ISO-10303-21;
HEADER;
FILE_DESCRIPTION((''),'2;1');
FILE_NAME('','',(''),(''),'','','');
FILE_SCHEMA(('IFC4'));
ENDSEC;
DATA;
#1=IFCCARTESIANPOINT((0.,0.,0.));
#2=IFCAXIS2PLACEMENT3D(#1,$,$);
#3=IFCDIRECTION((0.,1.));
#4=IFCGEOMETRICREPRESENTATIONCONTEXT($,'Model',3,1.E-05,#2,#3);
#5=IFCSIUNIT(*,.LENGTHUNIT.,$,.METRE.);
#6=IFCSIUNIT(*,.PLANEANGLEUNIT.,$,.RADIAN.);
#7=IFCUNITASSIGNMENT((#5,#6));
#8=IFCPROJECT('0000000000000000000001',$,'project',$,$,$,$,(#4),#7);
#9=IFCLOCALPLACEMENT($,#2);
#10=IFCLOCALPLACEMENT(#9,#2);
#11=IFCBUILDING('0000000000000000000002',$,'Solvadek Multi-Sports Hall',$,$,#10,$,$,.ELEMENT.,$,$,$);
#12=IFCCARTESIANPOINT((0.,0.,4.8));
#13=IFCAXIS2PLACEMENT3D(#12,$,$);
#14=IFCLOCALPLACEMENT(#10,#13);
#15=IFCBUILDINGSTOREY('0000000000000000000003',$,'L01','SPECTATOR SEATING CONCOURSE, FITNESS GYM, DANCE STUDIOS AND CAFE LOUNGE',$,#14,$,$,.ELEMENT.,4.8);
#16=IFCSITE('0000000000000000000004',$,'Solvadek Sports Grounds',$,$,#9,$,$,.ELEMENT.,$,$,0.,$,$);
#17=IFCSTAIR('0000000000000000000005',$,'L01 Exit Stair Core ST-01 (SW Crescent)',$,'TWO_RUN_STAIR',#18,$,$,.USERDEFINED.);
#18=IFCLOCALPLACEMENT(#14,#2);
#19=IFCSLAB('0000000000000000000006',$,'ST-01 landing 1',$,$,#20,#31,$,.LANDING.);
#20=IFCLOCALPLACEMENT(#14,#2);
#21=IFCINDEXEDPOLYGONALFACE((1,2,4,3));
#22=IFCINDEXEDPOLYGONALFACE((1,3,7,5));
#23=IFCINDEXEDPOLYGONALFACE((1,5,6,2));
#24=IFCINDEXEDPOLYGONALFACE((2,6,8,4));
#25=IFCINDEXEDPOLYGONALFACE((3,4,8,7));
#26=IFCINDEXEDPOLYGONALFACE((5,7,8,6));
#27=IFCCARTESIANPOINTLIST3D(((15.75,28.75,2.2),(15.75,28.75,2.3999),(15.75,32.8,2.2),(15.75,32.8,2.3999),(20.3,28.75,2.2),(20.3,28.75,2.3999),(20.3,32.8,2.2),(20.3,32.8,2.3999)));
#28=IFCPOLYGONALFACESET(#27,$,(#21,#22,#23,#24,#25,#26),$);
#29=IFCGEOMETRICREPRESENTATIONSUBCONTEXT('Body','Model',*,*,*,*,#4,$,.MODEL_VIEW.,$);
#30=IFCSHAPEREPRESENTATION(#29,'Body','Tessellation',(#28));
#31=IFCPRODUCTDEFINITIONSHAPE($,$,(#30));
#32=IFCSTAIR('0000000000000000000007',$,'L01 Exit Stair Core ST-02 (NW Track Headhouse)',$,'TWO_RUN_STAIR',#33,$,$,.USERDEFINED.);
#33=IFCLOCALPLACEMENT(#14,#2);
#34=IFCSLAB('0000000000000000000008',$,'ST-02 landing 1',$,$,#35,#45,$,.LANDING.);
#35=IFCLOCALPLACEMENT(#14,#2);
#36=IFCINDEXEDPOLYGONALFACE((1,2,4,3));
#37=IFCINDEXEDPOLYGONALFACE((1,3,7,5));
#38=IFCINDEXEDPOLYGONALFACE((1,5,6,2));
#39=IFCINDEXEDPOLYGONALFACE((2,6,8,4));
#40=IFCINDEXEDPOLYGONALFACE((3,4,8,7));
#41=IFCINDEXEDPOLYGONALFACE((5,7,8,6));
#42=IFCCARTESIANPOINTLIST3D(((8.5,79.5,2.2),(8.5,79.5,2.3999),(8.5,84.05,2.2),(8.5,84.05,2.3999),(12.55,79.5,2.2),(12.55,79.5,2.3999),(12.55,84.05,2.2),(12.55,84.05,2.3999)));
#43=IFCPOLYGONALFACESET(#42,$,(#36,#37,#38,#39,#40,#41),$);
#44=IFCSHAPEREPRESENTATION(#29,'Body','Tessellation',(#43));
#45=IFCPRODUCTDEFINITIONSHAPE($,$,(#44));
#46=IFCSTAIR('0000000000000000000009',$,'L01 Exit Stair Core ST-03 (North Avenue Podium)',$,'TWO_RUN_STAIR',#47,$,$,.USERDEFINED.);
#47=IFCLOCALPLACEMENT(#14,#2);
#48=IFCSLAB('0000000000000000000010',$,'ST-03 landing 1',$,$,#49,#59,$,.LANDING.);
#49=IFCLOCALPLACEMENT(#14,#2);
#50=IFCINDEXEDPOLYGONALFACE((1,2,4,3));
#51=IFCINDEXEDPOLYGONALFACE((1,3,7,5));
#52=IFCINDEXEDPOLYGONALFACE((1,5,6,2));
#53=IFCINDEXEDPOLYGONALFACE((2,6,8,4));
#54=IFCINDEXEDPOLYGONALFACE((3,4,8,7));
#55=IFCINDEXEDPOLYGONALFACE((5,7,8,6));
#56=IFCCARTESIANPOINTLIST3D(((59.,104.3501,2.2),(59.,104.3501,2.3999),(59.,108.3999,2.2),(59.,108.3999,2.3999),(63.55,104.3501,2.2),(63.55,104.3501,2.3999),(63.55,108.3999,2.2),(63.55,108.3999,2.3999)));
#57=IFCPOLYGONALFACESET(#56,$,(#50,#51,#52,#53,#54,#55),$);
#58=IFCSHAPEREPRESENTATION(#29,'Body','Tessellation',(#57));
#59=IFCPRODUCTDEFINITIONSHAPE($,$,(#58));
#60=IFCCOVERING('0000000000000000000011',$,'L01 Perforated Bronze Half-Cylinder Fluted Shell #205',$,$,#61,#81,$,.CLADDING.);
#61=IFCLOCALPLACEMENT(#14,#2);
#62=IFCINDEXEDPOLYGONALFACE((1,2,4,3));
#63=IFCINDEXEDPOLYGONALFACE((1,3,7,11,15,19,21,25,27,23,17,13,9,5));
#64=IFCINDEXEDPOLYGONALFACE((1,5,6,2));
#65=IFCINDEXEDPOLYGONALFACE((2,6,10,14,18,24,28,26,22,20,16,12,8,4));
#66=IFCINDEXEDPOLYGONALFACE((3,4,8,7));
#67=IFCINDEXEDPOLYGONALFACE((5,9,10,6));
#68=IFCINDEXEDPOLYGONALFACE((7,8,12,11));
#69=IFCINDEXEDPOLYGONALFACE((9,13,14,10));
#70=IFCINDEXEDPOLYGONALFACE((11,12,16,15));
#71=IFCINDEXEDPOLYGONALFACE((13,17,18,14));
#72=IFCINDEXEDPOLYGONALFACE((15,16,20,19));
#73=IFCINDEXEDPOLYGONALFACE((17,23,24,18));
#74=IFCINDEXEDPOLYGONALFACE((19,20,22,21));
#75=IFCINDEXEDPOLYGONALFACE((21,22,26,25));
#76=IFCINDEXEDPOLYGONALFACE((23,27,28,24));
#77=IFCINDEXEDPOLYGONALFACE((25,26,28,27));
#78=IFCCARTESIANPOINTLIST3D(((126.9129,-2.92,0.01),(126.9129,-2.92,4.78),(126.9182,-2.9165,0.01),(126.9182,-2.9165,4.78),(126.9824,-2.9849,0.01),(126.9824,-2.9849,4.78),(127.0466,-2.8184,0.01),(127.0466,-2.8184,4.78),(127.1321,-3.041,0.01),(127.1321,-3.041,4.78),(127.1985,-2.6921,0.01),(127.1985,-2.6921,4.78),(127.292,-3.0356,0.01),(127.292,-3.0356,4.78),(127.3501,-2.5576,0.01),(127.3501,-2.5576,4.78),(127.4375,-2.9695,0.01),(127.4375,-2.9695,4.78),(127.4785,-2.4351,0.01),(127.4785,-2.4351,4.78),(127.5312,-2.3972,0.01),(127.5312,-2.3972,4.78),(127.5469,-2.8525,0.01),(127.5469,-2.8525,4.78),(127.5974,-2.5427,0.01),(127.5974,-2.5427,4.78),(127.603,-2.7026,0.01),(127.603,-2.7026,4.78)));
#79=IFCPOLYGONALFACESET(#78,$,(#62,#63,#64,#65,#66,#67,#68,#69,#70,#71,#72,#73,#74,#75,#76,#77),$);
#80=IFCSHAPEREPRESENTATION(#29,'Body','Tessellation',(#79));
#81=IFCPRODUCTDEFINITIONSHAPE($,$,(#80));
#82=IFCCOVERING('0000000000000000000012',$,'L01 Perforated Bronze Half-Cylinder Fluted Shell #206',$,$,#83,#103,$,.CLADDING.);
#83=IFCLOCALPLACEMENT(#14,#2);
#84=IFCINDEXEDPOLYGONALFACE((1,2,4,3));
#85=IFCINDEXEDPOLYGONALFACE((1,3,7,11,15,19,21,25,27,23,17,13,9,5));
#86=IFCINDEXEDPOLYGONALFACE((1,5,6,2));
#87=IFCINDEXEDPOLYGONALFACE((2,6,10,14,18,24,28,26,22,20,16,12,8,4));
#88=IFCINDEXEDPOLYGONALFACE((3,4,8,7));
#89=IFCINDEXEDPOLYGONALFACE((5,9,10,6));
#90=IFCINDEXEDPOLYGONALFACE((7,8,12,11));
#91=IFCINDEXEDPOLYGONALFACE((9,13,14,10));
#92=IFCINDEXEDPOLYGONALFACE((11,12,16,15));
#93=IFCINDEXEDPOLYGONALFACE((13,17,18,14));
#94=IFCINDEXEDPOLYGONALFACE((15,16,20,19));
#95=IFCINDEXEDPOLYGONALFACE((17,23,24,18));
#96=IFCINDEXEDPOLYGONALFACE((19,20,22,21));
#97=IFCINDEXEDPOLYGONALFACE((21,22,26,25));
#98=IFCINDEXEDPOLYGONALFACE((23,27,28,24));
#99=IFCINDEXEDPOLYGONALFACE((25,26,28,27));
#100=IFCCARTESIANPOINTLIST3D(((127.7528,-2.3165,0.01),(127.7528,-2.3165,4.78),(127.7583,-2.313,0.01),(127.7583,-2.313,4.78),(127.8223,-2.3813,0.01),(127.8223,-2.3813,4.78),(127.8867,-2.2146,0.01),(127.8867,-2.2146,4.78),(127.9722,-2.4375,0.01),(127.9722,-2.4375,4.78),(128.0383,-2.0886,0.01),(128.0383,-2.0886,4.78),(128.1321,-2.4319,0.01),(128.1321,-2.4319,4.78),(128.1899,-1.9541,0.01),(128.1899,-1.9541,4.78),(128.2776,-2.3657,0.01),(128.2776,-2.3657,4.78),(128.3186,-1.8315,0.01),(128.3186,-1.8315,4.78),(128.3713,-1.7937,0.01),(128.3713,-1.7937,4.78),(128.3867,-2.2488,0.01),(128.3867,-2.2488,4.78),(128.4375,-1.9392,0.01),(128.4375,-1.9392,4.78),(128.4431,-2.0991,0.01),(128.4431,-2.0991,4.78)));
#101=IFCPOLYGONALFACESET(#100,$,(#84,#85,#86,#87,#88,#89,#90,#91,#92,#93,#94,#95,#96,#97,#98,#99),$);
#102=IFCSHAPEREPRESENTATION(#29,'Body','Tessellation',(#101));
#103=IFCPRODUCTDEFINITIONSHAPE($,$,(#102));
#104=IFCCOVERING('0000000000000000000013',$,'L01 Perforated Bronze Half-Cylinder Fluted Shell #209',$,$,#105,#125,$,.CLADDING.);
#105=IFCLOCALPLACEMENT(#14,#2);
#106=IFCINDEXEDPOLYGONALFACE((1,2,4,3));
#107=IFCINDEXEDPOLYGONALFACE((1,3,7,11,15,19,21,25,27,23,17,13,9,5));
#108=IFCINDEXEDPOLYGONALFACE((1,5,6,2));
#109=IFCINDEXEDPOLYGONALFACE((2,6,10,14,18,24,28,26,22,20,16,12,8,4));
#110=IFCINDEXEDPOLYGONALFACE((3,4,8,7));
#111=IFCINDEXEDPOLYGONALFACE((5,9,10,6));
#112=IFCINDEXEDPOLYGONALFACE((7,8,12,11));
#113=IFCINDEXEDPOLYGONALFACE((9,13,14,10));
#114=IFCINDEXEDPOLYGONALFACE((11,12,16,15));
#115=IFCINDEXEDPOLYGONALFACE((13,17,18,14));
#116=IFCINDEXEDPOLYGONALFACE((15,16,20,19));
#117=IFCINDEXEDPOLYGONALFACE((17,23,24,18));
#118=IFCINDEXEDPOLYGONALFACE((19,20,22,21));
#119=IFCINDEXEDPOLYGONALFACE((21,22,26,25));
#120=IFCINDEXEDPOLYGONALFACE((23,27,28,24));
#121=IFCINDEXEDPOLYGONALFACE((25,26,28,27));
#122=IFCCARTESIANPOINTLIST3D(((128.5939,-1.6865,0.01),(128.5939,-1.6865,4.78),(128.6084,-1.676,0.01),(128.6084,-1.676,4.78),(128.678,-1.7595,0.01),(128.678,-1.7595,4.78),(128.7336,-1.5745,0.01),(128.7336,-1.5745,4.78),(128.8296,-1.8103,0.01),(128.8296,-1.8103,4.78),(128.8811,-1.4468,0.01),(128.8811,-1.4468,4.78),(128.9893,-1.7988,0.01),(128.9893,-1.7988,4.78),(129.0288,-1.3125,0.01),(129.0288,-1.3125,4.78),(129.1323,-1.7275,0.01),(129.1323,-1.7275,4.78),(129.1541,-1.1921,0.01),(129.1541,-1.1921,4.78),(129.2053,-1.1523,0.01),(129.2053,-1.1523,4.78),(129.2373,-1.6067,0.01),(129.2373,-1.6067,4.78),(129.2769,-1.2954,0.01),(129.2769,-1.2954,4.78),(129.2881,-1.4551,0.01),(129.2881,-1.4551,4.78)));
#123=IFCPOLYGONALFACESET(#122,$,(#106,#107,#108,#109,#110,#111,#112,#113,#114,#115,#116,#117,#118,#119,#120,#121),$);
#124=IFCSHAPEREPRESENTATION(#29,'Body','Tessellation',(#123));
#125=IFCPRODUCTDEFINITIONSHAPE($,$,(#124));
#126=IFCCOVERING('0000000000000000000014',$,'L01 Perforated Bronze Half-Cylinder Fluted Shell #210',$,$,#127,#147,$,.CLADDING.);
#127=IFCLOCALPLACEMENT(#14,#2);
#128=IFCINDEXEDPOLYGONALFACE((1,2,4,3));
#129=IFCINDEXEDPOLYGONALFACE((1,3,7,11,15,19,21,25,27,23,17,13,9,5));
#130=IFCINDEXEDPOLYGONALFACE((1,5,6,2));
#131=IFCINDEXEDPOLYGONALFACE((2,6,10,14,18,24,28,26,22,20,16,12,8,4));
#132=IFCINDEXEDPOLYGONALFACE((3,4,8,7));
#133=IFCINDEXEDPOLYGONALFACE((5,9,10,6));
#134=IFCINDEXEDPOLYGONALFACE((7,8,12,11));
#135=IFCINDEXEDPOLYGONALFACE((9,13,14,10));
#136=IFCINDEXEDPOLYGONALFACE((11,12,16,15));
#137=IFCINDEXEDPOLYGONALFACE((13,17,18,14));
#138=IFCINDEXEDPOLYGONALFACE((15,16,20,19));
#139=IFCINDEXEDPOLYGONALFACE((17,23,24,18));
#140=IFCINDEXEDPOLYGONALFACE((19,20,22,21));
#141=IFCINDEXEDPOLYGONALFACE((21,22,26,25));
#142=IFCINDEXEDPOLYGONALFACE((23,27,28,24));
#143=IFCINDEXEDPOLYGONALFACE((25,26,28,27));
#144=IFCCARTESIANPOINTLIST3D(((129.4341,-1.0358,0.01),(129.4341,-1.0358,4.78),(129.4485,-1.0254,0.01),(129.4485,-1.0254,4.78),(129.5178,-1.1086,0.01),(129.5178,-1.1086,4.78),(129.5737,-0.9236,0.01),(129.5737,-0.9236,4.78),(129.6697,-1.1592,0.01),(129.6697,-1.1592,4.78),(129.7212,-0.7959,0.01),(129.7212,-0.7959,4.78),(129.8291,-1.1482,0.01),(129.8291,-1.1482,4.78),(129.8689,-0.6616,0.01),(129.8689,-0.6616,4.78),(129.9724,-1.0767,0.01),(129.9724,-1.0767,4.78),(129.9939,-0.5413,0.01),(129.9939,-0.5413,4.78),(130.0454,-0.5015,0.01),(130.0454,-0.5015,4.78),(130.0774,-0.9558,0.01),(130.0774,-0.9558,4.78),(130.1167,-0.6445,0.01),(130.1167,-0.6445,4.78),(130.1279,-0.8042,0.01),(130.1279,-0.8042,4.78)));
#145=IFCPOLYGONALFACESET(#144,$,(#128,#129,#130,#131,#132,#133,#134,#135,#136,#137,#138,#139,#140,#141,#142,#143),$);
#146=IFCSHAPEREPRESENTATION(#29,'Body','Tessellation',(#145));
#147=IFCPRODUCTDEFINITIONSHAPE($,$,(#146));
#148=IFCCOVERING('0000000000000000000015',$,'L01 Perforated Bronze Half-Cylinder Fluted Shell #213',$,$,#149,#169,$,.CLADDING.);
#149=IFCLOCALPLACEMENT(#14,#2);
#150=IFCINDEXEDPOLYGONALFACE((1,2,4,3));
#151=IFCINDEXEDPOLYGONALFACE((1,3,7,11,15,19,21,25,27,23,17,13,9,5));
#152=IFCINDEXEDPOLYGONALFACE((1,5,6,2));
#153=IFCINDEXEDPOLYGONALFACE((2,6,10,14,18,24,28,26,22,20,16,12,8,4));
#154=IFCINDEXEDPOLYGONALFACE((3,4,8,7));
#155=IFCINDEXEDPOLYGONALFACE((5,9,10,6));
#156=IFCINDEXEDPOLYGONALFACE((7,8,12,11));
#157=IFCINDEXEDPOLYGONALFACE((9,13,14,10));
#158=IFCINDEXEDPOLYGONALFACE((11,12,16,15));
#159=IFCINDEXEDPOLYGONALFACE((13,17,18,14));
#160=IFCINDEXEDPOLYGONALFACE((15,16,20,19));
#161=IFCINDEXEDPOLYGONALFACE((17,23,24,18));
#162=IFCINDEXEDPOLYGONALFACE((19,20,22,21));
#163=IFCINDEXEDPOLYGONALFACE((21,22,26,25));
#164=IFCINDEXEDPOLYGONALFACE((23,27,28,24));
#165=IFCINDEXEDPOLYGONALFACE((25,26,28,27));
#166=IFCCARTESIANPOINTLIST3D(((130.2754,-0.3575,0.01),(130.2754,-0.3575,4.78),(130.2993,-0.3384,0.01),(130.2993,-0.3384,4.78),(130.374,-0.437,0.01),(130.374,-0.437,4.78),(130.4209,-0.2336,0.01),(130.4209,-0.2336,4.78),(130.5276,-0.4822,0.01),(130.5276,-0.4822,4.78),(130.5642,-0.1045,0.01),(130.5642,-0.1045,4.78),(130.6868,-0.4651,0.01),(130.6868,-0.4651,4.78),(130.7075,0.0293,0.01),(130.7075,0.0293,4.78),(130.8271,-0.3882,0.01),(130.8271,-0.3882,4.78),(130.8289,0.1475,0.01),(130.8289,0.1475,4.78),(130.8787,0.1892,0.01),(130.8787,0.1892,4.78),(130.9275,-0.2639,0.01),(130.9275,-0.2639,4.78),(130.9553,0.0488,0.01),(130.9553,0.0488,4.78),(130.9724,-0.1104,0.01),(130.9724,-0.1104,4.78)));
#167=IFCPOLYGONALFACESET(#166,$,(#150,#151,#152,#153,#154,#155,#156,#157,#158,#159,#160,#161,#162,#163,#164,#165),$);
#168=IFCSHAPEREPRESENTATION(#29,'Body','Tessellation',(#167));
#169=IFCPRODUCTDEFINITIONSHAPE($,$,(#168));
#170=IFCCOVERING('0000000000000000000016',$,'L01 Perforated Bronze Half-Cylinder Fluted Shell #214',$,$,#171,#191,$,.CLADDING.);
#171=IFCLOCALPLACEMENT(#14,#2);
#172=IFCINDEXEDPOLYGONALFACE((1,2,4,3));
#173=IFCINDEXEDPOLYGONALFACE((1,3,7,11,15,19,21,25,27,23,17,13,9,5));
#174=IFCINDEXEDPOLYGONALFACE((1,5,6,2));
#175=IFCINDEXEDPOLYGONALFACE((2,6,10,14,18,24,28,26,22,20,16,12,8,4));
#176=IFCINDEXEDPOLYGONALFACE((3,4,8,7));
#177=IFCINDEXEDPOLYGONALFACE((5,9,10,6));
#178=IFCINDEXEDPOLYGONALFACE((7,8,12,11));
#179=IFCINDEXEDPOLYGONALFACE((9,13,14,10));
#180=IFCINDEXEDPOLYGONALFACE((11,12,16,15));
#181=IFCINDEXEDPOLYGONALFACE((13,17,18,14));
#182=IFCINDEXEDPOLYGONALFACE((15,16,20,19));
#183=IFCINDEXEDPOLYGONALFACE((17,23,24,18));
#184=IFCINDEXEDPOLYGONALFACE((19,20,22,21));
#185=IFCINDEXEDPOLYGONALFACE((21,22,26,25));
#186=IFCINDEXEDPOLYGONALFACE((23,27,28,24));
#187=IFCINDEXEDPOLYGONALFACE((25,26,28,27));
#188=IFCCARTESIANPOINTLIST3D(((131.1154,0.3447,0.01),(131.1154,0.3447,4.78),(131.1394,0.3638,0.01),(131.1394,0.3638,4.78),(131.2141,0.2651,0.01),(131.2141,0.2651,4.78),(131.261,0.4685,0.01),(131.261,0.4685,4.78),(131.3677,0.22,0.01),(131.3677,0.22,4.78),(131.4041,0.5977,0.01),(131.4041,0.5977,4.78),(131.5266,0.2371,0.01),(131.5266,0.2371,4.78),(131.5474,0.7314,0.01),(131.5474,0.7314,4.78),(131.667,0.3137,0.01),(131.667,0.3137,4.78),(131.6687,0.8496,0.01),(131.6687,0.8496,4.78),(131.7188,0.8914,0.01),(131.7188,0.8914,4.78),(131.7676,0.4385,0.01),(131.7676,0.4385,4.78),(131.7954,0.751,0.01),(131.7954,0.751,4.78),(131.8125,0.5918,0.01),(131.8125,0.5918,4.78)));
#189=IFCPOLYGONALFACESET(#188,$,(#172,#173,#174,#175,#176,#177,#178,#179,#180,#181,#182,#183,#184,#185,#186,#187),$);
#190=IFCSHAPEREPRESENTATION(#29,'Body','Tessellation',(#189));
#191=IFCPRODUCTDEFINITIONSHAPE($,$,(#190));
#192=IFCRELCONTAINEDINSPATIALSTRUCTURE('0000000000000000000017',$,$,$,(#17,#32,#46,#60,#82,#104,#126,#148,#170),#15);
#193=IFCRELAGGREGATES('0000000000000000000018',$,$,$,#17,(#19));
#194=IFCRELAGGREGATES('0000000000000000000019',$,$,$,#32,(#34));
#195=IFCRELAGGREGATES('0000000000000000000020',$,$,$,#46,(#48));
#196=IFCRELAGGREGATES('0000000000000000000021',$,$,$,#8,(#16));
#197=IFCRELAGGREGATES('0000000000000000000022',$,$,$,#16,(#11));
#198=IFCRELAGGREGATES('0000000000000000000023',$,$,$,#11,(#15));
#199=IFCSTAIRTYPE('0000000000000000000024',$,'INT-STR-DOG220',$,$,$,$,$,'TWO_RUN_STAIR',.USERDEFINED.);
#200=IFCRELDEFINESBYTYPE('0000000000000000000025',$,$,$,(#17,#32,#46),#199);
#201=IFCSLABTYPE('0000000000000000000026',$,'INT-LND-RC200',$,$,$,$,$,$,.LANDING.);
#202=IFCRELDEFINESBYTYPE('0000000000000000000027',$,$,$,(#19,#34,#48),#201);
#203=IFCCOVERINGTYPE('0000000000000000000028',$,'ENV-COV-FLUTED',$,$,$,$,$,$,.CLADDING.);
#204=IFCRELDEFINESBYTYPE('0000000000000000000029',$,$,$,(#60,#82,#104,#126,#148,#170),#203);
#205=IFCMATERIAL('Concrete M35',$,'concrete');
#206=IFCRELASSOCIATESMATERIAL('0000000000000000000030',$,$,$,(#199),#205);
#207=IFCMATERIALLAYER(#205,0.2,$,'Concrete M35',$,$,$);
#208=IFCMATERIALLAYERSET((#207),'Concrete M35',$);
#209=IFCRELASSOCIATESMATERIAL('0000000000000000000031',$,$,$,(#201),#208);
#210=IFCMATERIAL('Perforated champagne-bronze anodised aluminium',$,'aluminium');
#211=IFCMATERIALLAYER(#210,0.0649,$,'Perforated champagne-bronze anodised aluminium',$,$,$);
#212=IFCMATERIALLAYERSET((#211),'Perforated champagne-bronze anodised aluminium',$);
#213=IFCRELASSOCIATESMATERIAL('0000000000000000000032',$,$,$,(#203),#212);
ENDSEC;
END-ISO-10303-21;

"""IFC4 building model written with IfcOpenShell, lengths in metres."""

from ifc_helpers import new_model, si_unit, direction, frame, origin, place, context, subcontext, project, spatial, polyline, outline, extrude, material, layer, layer_set, type_object, element, aggregate, save


model = new_model("IFC4")

# Units and contexts
model_context = context("Model", 3, precision=1e-05, world=origin(), true_north=direction((0.0, 1.0)))
body_context = subcontext(model_context, "Body", "Model", "MODEL_VIEW")
ifc_project = project(units=[si_unit("LENGTHUNIT", "METRE"), si_unit("PLANEANGLEUNIT", "RADIAN")], contexts=[model_context])

# Site, building, storey
site_placement = place(None, origin())
site = spatial("IfcSite", under=ifc_project, at=site_placement, Name="Solvadek Sports Grounds", CompositionType="ELEMENT", RefElevation=0.0)
building_placement = place(site_placement, origin())
building = spatial("IfcBuilding", under=site, at=building_placement, Name="Solvadek Multi-Sports Hall", CompositionType="ELEMENT")
storey_placement = place(building_placement, frame((0.0, 0.0, 4.8)))
storey = spatial("IfcBuildingStorey", under=building, at=storey_placement, Name="L01", Description="SPECTATOR SEATING CONCOURSE, FITNESS GYM, DANCE STUDIOS AND CAFE LOUNGE", CompositionType="ELEMENT", Elevation=4.8)

# Stairs, slabs
ifc_material_1 = material(Name="Concrete M35", Category="concrete")
stair_type = type_object("IfcStairType", Name="INT-STR-DOG220", ElementType="TWO_RUN_STAIR", PredefinedType="USERDEFINED", material=ifc_material_1)
stair_1_placement = place(storey_placement, origin())
stair_1 = element("IfcStair", 1, at=stair_1_placement, inside=storey, type_object=stair_type, Name="L01 Exit Stair Core ST-01 (SW Crescent)", ObjectType="TWO_RUN_STAIR", PredefinedType="USERDEFINED")
ifc_layer_1 = layer(ifc_material_1, 0.2, Name="Concrete M35")
ifc_layer_set_1 = layer_set([ifc_layer_1], Name="Concrete M35")
slab_type = type_object("IfcSlabType", Name="INT-LND-RC200", PredefinedType="LANDING", material=ifc_layer_set_1)
slab_1_placement = place(storey_placement, frame((0.0, 0.0, 2.2)))
slab_1 = element("IfcSlab", 2, at=slab_1_placement, type_object=slab_type, Name="ST-01 landing 1", PredefinedType="LANDING", context=body_context, shape_type="SweptSolid", body=[
    extrude(outline(polyline([(20.3, 28.75), (20.3, 32.8), (15.75, 32.8), (15.75, 28.75), (20.3, 28.75)])), origin(), (0.0, 0.0, 1.0), 0.2),
])
aggregate(stair_1, [slab_1])
stair_2_placement = place(storey_placement, origin())
stair_2 = element("IfcStair", 3, at=stair_2_placement, inside=storey, type_object=stair_type, Name="L01 Exit Stair Core ST-02 (NW Track Headhouse)", ObjectType="TWO_RUN_STAIR", PredefinedType="USERDEFINED")
slab_2_placement = place(storey_placement, frame((0.0, 0.0, 2.2)))
slab_2 = element("IfcSlab", 4, at=slab_2_placement, type_object=slab_type, Name="ST-02 landing 1", PredefinedType="LANDING", context=body_context, shape_type="SweptSolid", body=[
    extrude(outline(polyline([(12.55, 84.05), (8.5, 84.05), (8.5, 79.5), (12.55, 79.5), (12.55, 84.05)])), origin(), (0.0, 0.0, 1.0), 0.2),
])
aggregate(stair_2, [slab_2])
stair_3_placement = place(storey_placement, origin())
stair_3 = element("IfcStair", 5, at=stair_3_placement, inside=storey, type_object=stair_type, Name="L01 Exit Stair Core ST-03 (North Avenue Podium)", ObjectType="TWO_RUN_STAIR", PredefinedType="USERDEFINED")
slab_3_placement = place(storey_placement, frame((0.0, 0.0, 2.2)))
slab_3 = element("IfcSlab", 6, at=slab_3_placement, type_object=slab_type, Name="ST-03 landing 1", PredefinedType="LANDING", context=body_context, shape_type="SweptSolid", body=[
    extrude(outline(polyline([(63.55, 104.3501), (63.55, 108.3999), (59.0, 108.3999), (59.0, 104.3501), (63.55, 104.3501)])), origin(), (0.0, 0.0, 1.0), 0.2),
])
aggregate(stair_3, [slab_3])

# Coverings
ifc_material_2 = material(Name="Perforated champagne-bronze anodised aluminium", Category="aluminium")
ifc_layer_2 = layer(ifc_material_2, 0.0649, Name="Perforated champagne-bronze anodised aluminium")
ifc_layer_set_2 = layer_set([ifc_layer_2], Name="Perforated champagne-bronze anodised aluminium")
covering_type = type_object("IfcCoveringType", Name="ENV-COV-FLUTED", PredefinedType="CLADDING", material=ifc_layer_set_2)
covering_1_placement = place(storey_placement, frame((0.0, 0.0, 0.01)))
element("IfcCovering", 7, at=covering_1_placement, inside=storey, type_object=covering_type, Name="L01 Perforated Bronze Half-Cylinder Fluted Shell #205", PredefinedType="CLADDING", context=body_context, shape_type="SweptSolid", body=[
    extrude(outline(polyline([(127.5312, -2.3972), (127.5974, -2.5427), (127.603, -2.7026), (127.5469, -2.8525), (127.4375, -2.9695), (127.292, -3.0356), (127.1321, -3.041), (126.9824, -2.9849), (126.8655, -2.8757), (126.9182, -2.8379), (126.8323, -2.9297), (126.802, -2.9768), (126.8323, -2.9724), (126.9182, -2.9165), (127.0466, -2.8184), (127.1985, -2.6921), (127.3501, -2.5576), (127.4785, -2.4351), (127.5312, -2.3972)])), origin(), (0.0, 0.0, 1.0), 4.77),
])
covering_2_placement = place(storey_placement, frame((0.0, 0.0, 0.01)))
element("IfcCovering", 8, at=covering_2_placement, inside=storey, type_object=covering_type, Name="L01 Perforated Bronze Half-Cylinder Fluted Shell #206", PredefinedType="CLADDING", context=body_context, shape_type="SweptSolid", body=[
    extrude(outline(polyline([(128.3713, -1.7937), (128.4375, -1.9392), (128.4431, -2.0991), (128.3867, -2.2488), (128.2776, -2.3657), (128.1321, -2.4319), (127.9722, -2.4375), (127.8223, -2.3813), (127.7053, -2.2722), (127.7583, -2.2341), (127.6724, -2.3262), (127.6421, -2.3733), (127.6724, -2.3687), (127.7583, -2.313), (127.8867, -2.2146), (128.0383, -2.0886), (128.1899, -1.9541), (128.3186, -1.8315), (128.3713, -1.7937)])), origin(), (0.0, 0.0, 1.0), 4.77),
])
covering_3_placement = place(storey_placement, frame((0.0, 0.0, 0.01)))
element("IfcCovering", 9, at=covering_3_placement, inside=storey, type_object=covering_type, Name="L01 Perforated Bronze Half-Cylinder Fluted Shell #209", PredefinedType="CLADDING", context=body_context, shape_type="SweptSolid", body=[
    extrude(outline(polyline([(129.2053, -1.1523), (129.2769, -1.2954), (129.2881, -1.4551), (129.2373, -1.6067), (129.1323, -1.7275), (128.9893, -1.7988), (128.8296, -1.8103), (128.678, -1.7595), (128.5571, -1.6545), (128.6084, -1.6147), (128.5249, -1.7029), (128.4956, -1.7456), (128.5249, -1.7361), (128.6084, -1.676), (128.7336, -1.5745), (128.8811, -1.4468), (129.0288, -1.3125), (129.1541, -1.1921), (129.2053, -1.1523)])), origin(), (0.0, 0.0, 1.0), 4.77),
])
covering_4_placement = place(storey_placement, frame((0.0, 0.0, 0.01)))
element("IfcCovering", 10, at=covering_4_placement, inside=storey, type_object=covering_type, Name="L01 Perforated Bronze Half-Cylinder Fluted Shell #210", PredefinedType="CLADDING", context=body_context, shape_type="SweptSolid", body=[
    extrude(outline(polyline([(130.0454, -0.5015), (130.1167, -0.6445), (130.1279, -0.8042), (130.0774, -0.9558), (129.9724, -1.0767), (129.8291, -1.1482), (129.6697, -1.1592), (129.5178, -1.1086), (129.3972, -1.0037), (129.4485, -0.9639), (129.365, -1.0522), (129.3357, -1.0947), (129.365, -1.0854), (129.4485, -1.0254), (129.5737, -0.9236), (129.7212, -0.7959), (129.8689, -0.6616), (129.9939, -0.5413), (130.0454, -0.5015)])), origin(), (0.0, 0.0, 1.0), 4.77),
])
covering_5_placement = place(storey_placement, frame((0.0, 0.0, 0.01)))
element("IfcCovering", 11, at=covering_5_placement, inside=storey, type_object=covering_type, Name="L01 Perforated Bronze Half-Cylinder Fluted Shell #213", PredefinedType="CLADDING", context=body_context, shape_type="SweptSolid", body=[
    extrude(outline(polyline([(130.8787, 0.1892), (130.9553, 0.0488), (130.9724, -0.1104), (130.9275, -0.2639), (130.8271, -0.3882), (130.6868, -0.4651), (130.5276, -0.4822), (130.374, -0.437), (130.2495, -0.3367), (130.2993, -0.2949), (130.2183, -0.3794), (130.1897, -0.4175), (130.2183, -0.4031), (130.2993, -0.3384), (130.4209, -0.2336), (130.5642, -0.1045), (130.7075, 0.0293), (130.8289, 0.1475), (130.8787, 0.1892)])), origin(), (0.0, 0.0, 1.0), 4.77),
])
covering_6_placement = place(storey_placement, frame((0.0, 0.0, 0.01)))
element("IfcCovering", 12, at=covering_6_placement, inside=storey, type_object=covering_type, Name="L01 Perforated Bronze Half-Cylinder Fluted Shell #214", PredefinedType="CLADDING", context=body_context, shape_type="SweptSolid", body=[
    extrude(outline(polyline([(131.7188, 0.8914), (131.7954, 0.751), (131.8125, 0.5918), (131.7676, 0.4385), (131.667, 0.3137), (131.5266, 0.2371), (131.3677, 0.22), (131.2141, 0.2651), (131.0896, 0.3655), (131.1394, 0.407), (131.0583, 0.3228), (131.0298, 0.2849), (131.0583, 0.2993), (131.1394, 0.3638), (131.261, 0.4685), (131.4041, 0.5977), (131.5474, 0.7314), (131.6687, 0.8496), (131.7188, 0.8914)])), origin(), (0.0, 0.0, 1.0), 4.77),
])

save(model, "model.ifc")
